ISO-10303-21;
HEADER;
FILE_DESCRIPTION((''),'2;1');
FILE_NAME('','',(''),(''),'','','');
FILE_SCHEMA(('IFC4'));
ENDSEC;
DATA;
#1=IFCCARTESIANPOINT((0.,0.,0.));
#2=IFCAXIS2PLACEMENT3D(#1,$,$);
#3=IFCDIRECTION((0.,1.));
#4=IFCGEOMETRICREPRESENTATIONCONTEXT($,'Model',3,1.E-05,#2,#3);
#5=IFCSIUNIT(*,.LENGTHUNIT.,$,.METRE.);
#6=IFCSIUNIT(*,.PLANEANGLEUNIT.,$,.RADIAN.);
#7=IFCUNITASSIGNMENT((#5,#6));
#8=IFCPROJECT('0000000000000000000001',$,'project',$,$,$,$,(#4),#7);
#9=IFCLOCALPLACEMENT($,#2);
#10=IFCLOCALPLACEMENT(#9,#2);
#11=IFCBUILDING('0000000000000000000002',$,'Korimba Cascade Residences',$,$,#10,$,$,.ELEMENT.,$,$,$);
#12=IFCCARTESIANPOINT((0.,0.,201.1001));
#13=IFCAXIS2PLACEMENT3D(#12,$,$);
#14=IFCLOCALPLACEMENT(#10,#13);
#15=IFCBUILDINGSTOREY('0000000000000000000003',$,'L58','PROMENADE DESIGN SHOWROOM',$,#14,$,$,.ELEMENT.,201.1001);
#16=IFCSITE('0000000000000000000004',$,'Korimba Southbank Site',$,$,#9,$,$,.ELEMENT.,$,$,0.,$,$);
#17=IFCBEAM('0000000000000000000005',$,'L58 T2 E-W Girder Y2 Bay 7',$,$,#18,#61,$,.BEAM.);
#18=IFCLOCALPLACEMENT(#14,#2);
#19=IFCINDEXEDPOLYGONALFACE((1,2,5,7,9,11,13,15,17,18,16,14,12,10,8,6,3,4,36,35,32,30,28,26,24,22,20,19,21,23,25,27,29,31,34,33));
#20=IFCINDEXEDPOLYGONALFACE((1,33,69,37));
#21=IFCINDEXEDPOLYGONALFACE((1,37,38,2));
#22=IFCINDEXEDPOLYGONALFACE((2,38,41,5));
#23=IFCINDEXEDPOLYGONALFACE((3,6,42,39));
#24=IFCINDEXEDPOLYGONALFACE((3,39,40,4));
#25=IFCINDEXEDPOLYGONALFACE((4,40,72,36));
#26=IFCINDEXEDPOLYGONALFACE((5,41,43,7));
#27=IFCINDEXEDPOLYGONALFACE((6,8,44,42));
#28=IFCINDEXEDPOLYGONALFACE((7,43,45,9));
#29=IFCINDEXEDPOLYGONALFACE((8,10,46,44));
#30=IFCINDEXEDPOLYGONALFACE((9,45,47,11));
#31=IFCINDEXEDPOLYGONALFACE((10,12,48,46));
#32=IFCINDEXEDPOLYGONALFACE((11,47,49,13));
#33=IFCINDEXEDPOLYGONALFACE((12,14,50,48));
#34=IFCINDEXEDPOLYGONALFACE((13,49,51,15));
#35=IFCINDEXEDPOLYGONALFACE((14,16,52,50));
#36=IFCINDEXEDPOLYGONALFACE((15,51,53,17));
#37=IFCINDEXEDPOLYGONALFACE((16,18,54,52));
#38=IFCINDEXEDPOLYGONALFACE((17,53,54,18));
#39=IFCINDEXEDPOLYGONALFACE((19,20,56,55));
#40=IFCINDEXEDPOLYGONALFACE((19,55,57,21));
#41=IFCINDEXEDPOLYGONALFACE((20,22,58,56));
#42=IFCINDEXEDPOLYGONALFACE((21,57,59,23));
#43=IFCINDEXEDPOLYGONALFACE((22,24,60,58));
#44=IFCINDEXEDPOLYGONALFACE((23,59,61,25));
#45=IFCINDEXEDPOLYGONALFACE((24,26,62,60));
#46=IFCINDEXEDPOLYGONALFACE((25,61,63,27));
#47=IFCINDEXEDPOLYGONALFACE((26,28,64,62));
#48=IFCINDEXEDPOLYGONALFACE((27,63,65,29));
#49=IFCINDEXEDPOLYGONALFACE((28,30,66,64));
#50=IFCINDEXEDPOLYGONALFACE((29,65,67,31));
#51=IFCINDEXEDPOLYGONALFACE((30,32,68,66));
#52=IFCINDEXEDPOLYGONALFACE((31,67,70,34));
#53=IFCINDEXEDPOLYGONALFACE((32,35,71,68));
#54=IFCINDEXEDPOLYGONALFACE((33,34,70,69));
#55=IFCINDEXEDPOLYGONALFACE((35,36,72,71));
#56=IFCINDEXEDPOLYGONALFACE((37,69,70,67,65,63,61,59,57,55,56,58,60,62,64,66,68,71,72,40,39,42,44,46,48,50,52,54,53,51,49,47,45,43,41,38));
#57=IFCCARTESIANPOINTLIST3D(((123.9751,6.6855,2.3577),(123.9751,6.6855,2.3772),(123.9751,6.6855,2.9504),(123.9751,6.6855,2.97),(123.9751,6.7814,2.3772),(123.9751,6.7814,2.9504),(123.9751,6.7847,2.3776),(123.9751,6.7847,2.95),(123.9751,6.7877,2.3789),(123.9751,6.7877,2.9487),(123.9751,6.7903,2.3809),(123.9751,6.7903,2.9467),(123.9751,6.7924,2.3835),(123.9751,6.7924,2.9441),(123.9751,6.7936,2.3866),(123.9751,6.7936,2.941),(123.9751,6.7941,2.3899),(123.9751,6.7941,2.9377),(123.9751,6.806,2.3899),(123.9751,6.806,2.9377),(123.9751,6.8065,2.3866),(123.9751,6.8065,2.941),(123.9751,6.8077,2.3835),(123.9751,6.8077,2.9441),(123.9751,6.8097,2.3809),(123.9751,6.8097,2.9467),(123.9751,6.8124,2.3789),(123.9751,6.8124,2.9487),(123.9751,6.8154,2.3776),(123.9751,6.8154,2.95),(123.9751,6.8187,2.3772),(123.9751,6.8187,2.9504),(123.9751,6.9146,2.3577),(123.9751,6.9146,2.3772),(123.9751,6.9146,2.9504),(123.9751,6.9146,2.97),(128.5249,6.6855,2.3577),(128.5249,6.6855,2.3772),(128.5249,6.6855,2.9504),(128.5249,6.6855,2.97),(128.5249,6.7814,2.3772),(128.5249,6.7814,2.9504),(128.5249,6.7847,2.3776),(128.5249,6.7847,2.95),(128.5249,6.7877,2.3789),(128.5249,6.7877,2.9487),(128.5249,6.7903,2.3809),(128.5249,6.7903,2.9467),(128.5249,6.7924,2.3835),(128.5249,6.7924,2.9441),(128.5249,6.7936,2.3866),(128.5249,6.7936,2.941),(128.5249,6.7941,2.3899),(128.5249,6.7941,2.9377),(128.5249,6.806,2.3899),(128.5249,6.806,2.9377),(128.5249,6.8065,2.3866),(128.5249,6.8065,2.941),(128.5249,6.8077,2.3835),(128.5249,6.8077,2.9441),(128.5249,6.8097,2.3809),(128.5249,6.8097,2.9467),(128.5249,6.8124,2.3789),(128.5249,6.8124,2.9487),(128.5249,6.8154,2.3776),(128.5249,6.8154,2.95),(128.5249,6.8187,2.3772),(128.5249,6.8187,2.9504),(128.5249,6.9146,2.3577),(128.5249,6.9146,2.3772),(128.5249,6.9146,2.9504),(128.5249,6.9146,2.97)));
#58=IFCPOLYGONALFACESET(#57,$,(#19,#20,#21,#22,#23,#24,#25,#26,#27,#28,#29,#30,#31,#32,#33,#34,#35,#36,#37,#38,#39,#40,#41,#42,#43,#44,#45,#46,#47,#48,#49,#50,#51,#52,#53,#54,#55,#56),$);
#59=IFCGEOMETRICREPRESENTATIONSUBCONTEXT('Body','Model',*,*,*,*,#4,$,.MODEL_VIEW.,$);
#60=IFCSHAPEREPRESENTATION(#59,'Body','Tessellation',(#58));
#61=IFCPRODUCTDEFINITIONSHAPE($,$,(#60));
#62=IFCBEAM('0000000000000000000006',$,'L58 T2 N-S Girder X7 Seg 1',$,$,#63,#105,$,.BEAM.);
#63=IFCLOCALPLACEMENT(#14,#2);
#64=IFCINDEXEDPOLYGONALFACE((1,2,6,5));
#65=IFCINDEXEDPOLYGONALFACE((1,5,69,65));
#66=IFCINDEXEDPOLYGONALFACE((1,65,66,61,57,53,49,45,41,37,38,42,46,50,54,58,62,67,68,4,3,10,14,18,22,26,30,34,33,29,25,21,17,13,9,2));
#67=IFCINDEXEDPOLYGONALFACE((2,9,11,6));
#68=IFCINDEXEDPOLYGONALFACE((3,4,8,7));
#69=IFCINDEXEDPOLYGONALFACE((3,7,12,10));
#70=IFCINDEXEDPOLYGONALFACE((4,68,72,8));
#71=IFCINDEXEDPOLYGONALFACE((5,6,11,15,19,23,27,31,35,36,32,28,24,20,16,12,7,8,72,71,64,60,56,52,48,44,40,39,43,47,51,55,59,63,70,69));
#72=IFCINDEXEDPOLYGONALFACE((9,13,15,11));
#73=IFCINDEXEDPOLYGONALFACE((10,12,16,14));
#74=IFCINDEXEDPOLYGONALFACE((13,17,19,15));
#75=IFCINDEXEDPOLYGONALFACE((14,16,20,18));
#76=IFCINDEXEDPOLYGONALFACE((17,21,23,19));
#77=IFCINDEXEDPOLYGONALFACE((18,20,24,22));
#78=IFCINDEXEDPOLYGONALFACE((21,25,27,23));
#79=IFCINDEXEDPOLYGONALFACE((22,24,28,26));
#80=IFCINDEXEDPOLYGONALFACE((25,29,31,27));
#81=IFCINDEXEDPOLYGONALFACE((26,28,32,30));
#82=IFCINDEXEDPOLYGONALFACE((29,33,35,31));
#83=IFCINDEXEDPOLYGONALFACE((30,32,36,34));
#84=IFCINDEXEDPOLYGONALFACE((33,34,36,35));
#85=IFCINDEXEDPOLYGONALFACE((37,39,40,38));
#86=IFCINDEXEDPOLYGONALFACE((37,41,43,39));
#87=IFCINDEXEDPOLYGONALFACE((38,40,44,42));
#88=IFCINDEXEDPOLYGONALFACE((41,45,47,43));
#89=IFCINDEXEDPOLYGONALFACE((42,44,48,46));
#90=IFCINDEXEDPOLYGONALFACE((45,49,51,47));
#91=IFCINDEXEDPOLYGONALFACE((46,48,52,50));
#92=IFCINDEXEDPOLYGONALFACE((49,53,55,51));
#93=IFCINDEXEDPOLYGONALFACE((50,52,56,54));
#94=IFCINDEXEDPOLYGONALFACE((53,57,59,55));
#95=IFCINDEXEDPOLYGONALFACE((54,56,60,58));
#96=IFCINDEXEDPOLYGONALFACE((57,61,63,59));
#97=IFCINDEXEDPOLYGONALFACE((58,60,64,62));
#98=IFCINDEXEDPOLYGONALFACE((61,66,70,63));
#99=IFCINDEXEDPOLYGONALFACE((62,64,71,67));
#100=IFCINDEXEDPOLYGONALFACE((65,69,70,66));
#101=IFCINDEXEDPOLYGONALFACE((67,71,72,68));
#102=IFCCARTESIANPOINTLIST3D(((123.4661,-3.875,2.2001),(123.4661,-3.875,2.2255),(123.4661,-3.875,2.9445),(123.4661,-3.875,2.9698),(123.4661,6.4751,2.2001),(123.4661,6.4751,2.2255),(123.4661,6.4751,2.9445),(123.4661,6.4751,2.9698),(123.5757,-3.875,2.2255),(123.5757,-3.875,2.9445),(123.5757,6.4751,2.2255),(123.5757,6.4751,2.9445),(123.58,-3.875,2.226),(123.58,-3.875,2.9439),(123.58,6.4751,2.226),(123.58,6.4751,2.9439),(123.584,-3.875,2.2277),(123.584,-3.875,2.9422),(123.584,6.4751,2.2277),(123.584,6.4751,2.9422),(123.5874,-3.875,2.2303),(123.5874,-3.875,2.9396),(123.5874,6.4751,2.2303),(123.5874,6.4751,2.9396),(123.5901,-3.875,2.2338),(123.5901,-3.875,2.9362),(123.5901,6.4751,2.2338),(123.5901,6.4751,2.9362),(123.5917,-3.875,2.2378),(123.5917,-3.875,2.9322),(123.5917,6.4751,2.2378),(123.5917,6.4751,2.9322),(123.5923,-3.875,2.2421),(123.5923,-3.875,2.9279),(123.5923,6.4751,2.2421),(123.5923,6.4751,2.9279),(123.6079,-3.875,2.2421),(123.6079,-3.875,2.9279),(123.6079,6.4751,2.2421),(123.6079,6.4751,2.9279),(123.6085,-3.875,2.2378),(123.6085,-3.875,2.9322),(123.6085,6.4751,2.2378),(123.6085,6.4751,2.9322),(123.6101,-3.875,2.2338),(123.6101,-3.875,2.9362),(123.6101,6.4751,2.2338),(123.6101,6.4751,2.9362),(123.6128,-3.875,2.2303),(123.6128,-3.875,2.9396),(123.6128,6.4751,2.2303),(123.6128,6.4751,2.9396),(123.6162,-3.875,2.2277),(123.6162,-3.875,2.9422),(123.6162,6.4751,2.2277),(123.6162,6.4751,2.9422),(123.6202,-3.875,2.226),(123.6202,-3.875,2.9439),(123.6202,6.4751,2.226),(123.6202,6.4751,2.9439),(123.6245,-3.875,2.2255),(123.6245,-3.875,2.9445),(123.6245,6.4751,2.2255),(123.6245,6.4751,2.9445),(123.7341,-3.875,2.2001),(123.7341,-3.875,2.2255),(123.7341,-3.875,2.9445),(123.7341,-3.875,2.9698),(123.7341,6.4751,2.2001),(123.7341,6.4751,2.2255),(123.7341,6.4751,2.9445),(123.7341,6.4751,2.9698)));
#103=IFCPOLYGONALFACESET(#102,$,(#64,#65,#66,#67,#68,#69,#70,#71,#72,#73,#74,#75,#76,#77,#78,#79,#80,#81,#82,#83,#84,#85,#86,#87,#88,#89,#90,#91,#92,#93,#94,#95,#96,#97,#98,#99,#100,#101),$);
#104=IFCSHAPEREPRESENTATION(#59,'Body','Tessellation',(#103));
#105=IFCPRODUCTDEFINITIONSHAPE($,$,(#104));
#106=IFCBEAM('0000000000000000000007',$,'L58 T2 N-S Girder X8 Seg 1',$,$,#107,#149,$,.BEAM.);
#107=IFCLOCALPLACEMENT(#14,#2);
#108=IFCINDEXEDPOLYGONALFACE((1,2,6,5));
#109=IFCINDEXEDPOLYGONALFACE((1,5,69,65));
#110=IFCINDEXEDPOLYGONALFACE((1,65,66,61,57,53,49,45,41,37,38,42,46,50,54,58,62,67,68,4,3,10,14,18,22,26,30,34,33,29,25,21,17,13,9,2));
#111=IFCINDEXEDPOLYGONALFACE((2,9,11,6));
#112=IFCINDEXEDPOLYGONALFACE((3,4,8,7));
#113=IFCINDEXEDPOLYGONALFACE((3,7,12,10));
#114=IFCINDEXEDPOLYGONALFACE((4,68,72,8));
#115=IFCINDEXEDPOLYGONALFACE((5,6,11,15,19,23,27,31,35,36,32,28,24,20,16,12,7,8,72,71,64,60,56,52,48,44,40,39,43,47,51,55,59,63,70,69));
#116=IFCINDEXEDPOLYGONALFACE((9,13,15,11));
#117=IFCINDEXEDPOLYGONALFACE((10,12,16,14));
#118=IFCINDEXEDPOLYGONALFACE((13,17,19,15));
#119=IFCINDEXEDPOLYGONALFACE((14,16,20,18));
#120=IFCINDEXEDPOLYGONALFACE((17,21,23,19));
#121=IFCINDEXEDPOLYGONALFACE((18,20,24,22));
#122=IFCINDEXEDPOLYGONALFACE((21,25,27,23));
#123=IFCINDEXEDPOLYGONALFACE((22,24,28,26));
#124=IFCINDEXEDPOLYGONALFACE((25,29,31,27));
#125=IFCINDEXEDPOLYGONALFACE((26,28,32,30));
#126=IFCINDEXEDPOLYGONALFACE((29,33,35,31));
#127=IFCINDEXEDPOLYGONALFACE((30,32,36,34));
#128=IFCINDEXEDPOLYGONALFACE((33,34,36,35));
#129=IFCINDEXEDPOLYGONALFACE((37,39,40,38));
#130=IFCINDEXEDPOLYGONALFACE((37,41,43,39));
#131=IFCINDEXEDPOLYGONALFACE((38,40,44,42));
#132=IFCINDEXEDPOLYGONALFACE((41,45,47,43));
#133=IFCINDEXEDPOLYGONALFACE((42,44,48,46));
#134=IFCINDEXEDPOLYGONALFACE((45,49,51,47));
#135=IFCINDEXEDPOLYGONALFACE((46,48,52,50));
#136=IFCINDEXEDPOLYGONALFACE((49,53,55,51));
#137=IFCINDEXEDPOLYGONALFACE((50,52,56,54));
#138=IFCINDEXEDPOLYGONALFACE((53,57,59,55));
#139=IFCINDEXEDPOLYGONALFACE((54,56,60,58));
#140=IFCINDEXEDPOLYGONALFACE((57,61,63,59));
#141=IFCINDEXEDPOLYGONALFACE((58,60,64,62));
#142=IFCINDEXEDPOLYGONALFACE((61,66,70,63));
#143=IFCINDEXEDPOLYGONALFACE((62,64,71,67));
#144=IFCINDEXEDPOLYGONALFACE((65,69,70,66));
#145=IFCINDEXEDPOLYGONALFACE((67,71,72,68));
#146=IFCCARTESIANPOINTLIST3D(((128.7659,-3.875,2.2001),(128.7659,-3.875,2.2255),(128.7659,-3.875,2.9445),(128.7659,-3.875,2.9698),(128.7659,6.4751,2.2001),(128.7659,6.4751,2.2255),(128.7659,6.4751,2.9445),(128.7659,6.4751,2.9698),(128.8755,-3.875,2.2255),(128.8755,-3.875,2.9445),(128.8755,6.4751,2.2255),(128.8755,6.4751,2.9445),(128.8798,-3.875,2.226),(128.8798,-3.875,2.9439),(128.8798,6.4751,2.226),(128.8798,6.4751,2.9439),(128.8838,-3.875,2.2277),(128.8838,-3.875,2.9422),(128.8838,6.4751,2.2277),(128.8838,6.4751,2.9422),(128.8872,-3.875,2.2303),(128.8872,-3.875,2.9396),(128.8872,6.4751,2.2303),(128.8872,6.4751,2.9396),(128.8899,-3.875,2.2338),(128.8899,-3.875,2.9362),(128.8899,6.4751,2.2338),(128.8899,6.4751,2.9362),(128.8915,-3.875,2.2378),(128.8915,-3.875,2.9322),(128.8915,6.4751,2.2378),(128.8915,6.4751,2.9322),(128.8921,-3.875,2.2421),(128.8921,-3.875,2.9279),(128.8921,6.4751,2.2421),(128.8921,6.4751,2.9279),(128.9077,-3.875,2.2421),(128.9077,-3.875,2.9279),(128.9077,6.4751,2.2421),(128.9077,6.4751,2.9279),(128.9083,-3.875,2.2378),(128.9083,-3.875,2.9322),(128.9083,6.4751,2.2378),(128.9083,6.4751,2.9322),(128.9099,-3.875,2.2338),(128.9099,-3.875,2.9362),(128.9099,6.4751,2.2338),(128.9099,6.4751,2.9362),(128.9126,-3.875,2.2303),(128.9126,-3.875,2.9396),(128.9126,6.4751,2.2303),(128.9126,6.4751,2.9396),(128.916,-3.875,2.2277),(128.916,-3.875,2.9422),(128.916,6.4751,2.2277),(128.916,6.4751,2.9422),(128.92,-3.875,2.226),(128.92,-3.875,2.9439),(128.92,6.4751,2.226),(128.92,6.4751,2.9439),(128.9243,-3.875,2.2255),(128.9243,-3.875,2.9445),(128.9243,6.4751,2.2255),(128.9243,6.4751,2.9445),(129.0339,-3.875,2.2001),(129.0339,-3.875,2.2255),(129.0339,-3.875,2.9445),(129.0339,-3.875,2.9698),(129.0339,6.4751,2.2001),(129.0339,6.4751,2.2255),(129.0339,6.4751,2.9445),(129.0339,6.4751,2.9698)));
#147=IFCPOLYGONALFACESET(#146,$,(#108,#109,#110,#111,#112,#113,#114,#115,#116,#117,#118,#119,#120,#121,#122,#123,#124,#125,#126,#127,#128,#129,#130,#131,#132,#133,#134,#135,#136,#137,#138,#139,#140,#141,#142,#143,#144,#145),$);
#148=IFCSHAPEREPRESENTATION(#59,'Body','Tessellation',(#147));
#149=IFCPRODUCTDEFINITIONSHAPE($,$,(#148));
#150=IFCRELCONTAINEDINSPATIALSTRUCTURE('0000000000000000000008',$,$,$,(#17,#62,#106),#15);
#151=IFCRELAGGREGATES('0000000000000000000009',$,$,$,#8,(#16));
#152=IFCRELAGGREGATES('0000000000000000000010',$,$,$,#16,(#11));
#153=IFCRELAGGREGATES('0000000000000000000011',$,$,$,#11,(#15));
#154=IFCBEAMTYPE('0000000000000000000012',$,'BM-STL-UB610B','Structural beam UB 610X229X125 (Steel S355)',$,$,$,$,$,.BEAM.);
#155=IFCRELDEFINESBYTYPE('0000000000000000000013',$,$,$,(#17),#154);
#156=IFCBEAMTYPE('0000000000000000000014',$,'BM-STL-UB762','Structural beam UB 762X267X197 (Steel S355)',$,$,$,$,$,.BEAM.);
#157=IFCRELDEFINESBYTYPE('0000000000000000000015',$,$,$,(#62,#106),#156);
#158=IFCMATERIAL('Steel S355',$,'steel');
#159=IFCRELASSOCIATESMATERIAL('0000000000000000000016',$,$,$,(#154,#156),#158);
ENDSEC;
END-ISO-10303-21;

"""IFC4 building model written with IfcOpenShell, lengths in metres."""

from ifc_helpers import new_model, si_unit, direction, frame, origin, origin_2d, place, context, subcontext, project, spatial, i_section, extrude, material, material_profile, profile_set, type_object, element, save


model = new_model("IFC4")

# Units and contexts
model_context = context("Model", 3, precision=1e-05, world=origin(), true_north=direction((0.0, 1.0)))
body_context = subcontext(model_context, "Body", "Model", "MODEL_VIEW")
ifc_project = project(units=[si_unit("LENGTHUNIT", "METRE"), si_unit("PLANEANGLEUNIT", "RADIAN")], contexts=[model_context])

# Site, building, storey
site_placement = place(None, origin())
site = spatial("IfcSite", under=ifc_project, at=site_placement, Name="Korimba Southbank Site", CompositionType="ELEMENT", RefElevation=0.0)
building_placement = place(site_placement, origin())
building = spatial("IfcBuilding", under=site, at=building_placement, Name="Korimba Cascade Residences", CompositionType="ELEMENT")
storey_placement = place(building_placement, frame((0.0, 0.0, 201.1001)))
storey = spatial("IfcBuildingStorey", under=building, at=storey_placement, Name="L58", Description="PROMENADE DESIGN SHOWROOM", CompositionType="ELEMENT", Elevation=201.1001)

# Beams
ifc_material_1 = material(Name="Steel S355", Category="steel")
ifc_material_profile_1 = material_profile(ifc_material_1, i_section(OverallWidth=0.229, OverallDepth=0.6123, WebThickness=0.012, FlangeThickness=0.0195, FilletRadius=0.0127, at=origin_2d()), Name="Steel S355")
ifc_profile_set_1 = profile_set([ifc_material_profile_1], Name="Steel S355")
beam_type_1 = type_object("IfcBeamType", Name="BM-STL-UB610B", Description="Structural beam UB 610X229X125 (Steel S355)", PredefinedType="BEAM", material=ifc_profile_set_1)
beam_1_placement = place(storey_placement, frame((123.9751, 6.8, 2.6638), z_axis=(1.0, 0.0, 0.0), x_axis=(0.0, 1.0, 0.0)))
element("IfcBeam", 1, at=beam_1_placement, inside=storey, type_object=beam_type_1, Name="L58 T2 E-W Girder Y2 Bay 7", PredefinedType="BEAM", context=body_context, shape_type="SweptSolid", body=[
    extrude(i_section(OverallWidth=0.229, OverallDepth=0.6123, WebThickness=0.012, FlangeThickness=0.0195, FilletRadius=0.0127, at=origin_2d()), origin(), (0.0, 0.0, 1.0), 4.5498),
])
ifc_material_profile_2 = material_profile(ifc_material_1, i_section(OverallWidth=0.2681, OverallDepth=0.7698, WebThickness=0.0156, FlangeThickness=0.0254, FilletRadius=0.0166, at=origin_2d()), Name="Steel S355")
ifc_profile_set_2 = profile_set([ifc_material_profile_2], Name="Steel S355")
beam_type_2 = type_object("IfcBeamType", Name="BM-STL-UB762", Description="Structural beam UB 762X267X197 (Steel S355)", PredefinedType="BEAM", material=ifc_profile_set_2)
for number, where, z_axis, x_axis, name in (
    (2, (123.6001, -3.875, 2.585), (0.0, 1.0, 0.0), (-1.0, 0.0, 0.0), "L58 T2 N-S Girder X7 Seg 1"),
    (3, (128.8999, -3.875, 2.585), (0.0, 1.0, 0.0), (-1.0, 0.0, 0.0), "L58 T2 N-S Girder X8 Seg 1"),
):
    element("IfcBeam", number, at=place(storey_placement, frame(where, z_axis=z_axis, x_axis=x_axis)), inside=storey, type_object=beam_type_2, Name=name, PredefinedType="BEAM", context=body_context, shape_type="SweptSolid", body=[
        extrude(i_section(OverallWidth=0.2681, OverallDepth=0.7698, WebThickness=0.0156, FlangeThickness=0.0254, FilletRadius=0.0166, at=origin_2d()), origin(), (0.0, 0.0, 1.0), 10.3501),
    ])

save(model, "model.ifc")
